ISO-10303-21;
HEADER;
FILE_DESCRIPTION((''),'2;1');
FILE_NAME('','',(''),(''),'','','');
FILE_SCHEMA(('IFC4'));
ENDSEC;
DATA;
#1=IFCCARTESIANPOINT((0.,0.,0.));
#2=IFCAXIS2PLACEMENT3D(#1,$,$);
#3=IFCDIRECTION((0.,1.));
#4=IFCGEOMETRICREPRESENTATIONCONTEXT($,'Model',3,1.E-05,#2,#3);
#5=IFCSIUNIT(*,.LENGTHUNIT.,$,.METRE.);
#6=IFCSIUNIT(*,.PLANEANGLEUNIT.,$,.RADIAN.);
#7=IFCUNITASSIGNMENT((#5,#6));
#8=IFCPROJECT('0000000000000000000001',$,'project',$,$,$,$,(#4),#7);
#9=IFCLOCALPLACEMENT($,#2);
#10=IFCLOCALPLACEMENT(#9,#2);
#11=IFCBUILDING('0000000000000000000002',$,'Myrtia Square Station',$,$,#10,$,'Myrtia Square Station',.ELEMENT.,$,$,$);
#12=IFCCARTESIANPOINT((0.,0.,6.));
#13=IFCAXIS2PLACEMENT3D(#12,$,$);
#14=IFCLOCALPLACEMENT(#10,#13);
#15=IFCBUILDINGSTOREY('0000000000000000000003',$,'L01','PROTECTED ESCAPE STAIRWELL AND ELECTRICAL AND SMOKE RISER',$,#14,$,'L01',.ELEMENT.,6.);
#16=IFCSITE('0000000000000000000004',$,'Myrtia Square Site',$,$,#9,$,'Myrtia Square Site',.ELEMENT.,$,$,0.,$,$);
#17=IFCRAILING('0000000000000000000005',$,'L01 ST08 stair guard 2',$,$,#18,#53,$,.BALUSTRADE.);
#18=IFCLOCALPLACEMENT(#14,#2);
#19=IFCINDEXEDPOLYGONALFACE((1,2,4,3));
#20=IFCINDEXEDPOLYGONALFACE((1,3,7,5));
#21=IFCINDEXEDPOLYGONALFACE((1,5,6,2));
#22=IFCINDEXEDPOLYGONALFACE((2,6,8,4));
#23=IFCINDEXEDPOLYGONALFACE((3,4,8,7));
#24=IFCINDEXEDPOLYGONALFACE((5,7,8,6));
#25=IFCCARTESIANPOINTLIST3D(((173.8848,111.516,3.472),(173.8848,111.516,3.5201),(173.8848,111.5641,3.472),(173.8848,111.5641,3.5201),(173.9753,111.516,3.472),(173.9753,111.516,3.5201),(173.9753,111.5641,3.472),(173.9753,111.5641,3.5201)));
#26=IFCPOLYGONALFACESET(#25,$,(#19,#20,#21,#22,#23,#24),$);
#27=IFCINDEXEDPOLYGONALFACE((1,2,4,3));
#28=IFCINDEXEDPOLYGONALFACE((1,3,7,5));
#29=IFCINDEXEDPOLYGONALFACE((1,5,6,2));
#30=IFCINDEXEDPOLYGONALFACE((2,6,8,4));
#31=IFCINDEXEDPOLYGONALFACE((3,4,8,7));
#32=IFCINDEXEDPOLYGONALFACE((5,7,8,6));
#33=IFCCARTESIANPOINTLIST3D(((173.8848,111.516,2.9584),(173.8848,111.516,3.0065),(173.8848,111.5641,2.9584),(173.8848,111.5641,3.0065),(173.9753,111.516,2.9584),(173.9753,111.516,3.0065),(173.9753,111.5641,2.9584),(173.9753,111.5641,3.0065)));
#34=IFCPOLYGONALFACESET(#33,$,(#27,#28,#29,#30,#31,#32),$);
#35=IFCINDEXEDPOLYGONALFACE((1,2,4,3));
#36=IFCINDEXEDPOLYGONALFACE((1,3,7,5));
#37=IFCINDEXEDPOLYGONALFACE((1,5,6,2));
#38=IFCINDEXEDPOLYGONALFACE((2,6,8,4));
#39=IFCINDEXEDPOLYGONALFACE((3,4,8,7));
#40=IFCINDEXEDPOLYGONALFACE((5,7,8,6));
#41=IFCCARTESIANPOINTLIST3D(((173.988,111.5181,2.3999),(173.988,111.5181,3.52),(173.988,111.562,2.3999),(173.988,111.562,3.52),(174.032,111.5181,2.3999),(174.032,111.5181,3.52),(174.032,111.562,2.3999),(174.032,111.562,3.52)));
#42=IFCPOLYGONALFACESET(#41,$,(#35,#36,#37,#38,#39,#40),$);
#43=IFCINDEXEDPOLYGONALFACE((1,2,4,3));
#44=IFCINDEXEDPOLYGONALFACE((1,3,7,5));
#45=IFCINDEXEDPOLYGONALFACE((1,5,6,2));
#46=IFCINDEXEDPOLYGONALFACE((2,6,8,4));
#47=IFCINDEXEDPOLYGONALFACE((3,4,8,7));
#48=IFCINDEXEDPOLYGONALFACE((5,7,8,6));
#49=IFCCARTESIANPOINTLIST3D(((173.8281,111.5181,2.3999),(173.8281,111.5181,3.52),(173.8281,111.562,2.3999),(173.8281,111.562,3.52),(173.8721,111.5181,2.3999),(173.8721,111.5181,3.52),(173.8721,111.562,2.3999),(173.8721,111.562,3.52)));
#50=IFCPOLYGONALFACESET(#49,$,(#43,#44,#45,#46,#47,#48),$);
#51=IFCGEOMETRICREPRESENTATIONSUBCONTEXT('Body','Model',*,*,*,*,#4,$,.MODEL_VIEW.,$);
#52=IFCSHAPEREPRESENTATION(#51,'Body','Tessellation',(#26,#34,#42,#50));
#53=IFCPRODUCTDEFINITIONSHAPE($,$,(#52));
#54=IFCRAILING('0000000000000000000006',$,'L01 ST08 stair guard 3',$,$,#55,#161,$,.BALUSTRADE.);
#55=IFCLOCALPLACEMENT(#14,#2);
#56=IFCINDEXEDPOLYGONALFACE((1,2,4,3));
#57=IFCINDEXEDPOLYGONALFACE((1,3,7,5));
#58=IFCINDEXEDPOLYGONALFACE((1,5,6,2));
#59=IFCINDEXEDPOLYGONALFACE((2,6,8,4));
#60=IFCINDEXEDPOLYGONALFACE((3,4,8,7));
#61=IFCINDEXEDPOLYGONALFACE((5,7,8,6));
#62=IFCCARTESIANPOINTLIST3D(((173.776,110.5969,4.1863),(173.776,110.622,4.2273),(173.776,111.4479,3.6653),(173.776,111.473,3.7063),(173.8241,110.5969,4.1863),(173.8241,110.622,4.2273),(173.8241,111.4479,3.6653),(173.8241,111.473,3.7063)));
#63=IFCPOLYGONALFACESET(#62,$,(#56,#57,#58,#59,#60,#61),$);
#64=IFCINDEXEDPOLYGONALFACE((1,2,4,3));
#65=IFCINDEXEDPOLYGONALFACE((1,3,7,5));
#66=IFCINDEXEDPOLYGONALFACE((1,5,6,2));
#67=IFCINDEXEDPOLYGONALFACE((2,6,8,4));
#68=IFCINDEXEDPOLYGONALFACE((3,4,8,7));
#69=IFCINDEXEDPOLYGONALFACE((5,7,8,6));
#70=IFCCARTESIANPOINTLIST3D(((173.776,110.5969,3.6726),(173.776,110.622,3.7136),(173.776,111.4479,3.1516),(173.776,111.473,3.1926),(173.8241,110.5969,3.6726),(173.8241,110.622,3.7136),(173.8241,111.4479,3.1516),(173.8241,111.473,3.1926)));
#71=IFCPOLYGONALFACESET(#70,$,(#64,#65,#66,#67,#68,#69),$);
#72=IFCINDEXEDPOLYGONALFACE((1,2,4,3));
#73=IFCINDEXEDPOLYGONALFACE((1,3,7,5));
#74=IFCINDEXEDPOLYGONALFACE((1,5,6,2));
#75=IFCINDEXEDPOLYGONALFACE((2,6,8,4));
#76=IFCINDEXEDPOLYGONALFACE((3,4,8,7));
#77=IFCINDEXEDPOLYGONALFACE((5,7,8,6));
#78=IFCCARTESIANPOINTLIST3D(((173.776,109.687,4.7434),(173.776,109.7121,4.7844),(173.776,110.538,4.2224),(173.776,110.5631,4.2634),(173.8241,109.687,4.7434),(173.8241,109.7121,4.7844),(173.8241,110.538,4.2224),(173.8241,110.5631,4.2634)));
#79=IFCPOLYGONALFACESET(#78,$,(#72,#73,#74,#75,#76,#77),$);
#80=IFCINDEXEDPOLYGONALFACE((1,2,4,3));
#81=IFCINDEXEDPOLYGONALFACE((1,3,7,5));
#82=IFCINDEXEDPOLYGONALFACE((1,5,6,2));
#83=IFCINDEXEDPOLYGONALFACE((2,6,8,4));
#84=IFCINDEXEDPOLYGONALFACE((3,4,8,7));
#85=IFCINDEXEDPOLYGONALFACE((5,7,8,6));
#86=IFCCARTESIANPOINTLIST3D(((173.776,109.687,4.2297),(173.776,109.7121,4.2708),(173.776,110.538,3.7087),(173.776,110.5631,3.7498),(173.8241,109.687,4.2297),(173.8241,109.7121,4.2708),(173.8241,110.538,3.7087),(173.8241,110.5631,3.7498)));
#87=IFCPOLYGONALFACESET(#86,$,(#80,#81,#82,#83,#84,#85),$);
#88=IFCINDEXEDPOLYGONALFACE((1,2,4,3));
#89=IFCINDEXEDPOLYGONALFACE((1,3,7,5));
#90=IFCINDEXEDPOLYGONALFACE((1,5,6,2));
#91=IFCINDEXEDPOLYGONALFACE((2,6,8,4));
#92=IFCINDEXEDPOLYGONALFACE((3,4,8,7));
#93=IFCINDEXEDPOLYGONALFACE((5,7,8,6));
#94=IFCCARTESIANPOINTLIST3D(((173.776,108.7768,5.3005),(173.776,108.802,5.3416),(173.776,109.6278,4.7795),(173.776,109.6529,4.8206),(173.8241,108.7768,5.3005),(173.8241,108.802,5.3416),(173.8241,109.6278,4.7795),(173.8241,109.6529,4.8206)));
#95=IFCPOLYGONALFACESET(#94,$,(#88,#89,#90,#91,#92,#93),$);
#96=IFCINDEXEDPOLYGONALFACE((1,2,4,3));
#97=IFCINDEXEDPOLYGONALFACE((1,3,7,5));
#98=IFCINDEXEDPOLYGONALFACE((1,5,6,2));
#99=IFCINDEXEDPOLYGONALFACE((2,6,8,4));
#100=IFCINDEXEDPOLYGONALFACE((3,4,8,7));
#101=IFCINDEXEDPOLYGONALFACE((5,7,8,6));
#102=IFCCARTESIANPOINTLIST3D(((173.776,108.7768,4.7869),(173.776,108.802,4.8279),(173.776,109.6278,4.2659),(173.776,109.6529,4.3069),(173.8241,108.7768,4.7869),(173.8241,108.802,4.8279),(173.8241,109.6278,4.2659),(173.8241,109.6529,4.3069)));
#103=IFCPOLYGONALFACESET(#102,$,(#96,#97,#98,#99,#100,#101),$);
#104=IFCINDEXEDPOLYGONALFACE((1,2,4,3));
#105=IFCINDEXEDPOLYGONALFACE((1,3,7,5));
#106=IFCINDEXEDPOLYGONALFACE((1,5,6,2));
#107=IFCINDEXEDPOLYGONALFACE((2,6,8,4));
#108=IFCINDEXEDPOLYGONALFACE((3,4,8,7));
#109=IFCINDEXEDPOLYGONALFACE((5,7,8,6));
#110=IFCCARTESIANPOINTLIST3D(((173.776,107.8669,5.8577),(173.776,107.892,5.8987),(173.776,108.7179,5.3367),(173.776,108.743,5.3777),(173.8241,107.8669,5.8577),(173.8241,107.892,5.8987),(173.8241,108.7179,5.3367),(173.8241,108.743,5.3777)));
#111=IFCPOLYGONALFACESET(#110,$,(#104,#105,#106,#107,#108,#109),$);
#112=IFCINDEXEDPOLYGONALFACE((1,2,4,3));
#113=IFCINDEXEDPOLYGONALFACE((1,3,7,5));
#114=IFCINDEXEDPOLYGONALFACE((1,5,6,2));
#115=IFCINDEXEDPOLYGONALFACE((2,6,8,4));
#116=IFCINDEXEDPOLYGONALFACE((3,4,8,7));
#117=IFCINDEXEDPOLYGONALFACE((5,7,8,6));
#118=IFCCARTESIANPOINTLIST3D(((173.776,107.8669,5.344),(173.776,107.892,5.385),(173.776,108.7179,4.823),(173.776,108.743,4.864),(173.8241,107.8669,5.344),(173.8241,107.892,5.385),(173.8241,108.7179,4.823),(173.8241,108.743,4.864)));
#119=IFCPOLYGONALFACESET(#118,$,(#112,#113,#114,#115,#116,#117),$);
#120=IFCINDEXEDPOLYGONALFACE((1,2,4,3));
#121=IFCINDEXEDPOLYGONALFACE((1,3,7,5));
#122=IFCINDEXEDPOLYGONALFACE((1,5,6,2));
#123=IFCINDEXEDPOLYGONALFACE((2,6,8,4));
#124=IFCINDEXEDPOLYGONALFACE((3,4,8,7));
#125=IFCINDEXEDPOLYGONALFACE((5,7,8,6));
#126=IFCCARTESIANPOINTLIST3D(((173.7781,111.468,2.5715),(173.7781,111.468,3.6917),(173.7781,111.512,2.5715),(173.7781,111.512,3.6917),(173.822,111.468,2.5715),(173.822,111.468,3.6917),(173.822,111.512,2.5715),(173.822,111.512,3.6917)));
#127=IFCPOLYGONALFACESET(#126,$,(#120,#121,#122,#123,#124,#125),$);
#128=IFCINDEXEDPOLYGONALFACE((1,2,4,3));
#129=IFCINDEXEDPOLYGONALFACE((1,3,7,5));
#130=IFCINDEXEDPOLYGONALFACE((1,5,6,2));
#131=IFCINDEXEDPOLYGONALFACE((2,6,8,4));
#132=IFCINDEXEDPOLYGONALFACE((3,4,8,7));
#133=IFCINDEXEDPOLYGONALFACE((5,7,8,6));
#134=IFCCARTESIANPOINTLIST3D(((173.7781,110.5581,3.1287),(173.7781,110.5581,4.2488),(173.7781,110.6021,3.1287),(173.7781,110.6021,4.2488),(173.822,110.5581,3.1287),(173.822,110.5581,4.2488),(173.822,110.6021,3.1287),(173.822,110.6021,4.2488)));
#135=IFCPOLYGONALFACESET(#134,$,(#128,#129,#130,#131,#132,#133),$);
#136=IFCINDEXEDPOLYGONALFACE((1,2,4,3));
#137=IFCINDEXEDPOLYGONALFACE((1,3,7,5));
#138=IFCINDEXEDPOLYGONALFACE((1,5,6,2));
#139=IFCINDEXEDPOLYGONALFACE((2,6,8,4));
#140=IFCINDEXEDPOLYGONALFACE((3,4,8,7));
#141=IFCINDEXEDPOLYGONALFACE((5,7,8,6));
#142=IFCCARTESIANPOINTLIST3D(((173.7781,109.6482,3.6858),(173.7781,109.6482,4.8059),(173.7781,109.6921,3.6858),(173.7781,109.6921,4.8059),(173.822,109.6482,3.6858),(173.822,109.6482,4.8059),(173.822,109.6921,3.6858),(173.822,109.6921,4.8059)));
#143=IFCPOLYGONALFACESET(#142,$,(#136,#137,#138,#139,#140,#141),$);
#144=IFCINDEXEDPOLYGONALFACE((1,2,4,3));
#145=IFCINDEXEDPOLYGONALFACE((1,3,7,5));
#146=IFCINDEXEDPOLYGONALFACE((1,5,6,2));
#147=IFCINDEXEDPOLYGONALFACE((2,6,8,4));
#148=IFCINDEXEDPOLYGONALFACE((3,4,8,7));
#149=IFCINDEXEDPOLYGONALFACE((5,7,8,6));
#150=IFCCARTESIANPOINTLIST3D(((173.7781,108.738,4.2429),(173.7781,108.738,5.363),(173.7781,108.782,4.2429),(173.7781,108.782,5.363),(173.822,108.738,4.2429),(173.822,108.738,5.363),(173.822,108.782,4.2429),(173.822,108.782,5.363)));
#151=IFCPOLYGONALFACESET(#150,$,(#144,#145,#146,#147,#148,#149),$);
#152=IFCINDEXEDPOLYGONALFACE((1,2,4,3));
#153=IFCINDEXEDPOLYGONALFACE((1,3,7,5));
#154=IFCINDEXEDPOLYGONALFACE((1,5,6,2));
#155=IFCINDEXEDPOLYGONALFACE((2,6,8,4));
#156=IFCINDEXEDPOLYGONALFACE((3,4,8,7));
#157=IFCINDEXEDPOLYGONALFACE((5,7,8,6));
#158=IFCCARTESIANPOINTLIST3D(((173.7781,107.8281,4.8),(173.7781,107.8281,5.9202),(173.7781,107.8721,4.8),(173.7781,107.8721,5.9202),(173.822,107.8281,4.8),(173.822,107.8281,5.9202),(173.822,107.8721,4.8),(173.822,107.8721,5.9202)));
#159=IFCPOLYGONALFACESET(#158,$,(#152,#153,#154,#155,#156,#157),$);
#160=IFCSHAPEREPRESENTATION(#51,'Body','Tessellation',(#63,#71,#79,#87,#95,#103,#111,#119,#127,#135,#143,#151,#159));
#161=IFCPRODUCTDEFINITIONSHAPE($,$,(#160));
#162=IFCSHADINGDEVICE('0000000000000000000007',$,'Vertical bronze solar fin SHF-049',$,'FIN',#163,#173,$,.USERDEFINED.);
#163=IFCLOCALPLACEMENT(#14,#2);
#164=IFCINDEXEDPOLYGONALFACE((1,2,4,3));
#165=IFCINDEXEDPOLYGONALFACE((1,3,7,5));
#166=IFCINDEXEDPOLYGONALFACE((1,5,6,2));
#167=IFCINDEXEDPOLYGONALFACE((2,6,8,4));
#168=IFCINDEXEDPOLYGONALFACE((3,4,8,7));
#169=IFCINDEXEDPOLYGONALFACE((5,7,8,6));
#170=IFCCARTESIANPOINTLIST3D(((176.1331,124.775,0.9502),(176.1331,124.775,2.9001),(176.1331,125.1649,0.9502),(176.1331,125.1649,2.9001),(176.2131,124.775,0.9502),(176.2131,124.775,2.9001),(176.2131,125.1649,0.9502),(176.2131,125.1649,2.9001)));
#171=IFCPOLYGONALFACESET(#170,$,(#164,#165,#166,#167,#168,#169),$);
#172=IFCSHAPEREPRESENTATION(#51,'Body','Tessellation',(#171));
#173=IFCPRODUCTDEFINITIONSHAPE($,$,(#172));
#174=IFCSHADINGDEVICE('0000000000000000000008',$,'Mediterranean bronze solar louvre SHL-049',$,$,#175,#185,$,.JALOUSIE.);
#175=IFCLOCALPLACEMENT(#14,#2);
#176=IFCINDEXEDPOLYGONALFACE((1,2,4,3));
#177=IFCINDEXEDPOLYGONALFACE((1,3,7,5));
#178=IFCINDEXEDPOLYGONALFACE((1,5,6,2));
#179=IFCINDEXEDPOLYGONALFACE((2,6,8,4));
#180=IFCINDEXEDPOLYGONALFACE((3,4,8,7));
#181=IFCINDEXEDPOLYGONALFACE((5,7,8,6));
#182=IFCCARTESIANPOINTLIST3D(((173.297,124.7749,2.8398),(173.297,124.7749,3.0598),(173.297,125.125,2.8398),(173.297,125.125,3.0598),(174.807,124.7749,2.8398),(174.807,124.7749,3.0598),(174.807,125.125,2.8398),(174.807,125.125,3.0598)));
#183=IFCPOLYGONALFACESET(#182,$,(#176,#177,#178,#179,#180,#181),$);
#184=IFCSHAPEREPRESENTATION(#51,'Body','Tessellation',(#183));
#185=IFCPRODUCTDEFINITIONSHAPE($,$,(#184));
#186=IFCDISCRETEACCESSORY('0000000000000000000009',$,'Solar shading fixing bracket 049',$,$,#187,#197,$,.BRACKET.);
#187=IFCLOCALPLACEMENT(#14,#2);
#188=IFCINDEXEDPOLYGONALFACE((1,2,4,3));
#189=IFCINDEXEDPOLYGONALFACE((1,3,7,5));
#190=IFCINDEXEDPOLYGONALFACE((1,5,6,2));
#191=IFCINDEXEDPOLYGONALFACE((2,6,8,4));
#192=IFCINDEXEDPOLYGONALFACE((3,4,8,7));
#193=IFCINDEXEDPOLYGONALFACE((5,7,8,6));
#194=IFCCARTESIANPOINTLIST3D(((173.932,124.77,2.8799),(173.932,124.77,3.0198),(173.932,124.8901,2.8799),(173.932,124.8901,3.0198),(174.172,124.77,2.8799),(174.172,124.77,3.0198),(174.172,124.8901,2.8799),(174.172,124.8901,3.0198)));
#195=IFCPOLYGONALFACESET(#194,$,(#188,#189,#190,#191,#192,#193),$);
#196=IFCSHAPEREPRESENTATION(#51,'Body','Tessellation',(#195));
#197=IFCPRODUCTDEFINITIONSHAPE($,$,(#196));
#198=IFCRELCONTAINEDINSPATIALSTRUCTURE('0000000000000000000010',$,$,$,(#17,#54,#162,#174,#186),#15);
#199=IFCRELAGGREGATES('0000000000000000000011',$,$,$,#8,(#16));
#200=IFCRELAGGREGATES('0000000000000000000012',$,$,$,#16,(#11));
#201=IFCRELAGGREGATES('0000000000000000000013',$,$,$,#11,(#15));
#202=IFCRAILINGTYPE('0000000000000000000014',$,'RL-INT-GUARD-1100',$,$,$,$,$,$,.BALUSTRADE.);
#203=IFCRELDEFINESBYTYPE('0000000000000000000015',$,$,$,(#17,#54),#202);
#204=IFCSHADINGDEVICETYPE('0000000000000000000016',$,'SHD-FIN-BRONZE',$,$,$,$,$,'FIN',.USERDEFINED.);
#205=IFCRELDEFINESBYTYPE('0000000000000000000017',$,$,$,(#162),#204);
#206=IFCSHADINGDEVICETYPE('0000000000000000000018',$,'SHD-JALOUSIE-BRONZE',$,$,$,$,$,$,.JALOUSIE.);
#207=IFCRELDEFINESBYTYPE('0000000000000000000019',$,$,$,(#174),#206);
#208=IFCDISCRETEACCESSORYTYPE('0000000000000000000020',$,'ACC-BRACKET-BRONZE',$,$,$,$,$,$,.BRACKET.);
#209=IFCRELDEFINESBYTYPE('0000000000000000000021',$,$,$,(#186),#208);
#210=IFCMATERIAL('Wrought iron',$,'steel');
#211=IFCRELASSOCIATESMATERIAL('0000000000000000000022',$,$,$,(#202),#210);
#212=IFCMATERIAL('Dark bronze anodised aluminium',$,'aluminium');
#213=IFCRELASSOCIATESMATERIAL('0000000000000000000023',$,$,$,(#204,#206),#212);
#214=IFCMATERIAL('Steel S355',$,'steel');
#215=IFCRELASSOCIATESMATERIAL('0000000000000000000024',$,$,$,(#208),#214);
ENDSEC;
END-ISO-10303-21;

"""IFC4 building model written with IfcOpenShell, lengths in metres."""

from ifc_helpers import new_model, si_unit, direction, frame, origin, origin_2d, place, context, subcontext, project, spatial, rectangle, extrude, material, type_object, element, save


model = new_model("IFC4")

# Units and contexts
model_context = context("Model", 3, precision=1e-05, world=origin(), true_north=direction((0.0, 1.0)))
body_context = subcontext(model_context, "Body", "Model", "MODEL_VIEW")
ifc_project = project(units=[si_unit("LENGTHUNIT", "METRE"), si_unit("PLANEANGLEUNIT", "RADIAN")], contexts=[model_context])

# Site, building, storey
site_placement = place(None, origin())
site = spatial("IfcSite", under=ifc_project, at=site_placement, Name="Myrtia Square Site", LongName="Myrtia Square Site", CompositionType="ELEMENT", RefElevation=0.0)
building_placement = place(site_placement, origin())
building = spatial("IfcBuilding", under=site, at=building_placement, Name="Myrtia Square Station", LongName="Myrtia Square Station", CompositionType="ELEMENT")
storey_placement = place(building_placement, frame((0.0, 0.0, 6.0)))
storey = spatial("IfcBuildingStorey", under=building, at=storey_placement, Name="L01", Description="PROTECTED ESCAPE STAIRWELL AND ELECTRICAL AND SMOKE RISER", LongName="L01", CompositionType="ELEMENT", Elevation=6.0)

# Shared definitions
ifc_material_1 = material(Name="Steel S355", Category="steel")

# Railings
ifc_material_2 = material(Name="Wrought iron", Category="steel")
railing_type = type_object("IfcRailingType", Name="RL-INT-GUARD-1100", PredefinedType="BALUSTRADE", material=ifc_material_2)
railing_1_placement = place(storey_placement, frame((174.01, 111.54, 2.3999)))
element("IfcRailing", 1, at=railing_1_placement, inside=storey, type_object=railing_type, Name="L01 ST08 stair guard 2", PredefinedType="BALUSTRADE", context=body_context, shape_type="SweptSolid", body=[
    extrude(rectangle(XDim=0.0481, YDim=0.0481, at=origin_2d()), frame((-0.0347, 0.0, 1.0962), z_axis=(-1.0, 0.0, 0.0), x_axis=(0.0, -1.0, 0.0)), (0.0, 0.0, 1.0), 0.0906),
    extrude(rectangle(XDim=0.0481, YDim=0.0481, at=origin_2d()), frame((-0.0347, 0.0, 0.5825), z_axis=(-1.0, 0.0, 0.0), x_axis=(0.0, -1.0, 0.0)), (0.0, 0.0, 1.0), 0.0906),
    extrude(rectangle(XDim=0.0439, YDim=0.0439, at=origin_2d()), origin(), (0.0, 0.0, 1.0), 1.1201),
    extrude(rectangle(XDim=0.0439, YDim=0.0439, at=origin_2d()), frame((-0.1599, 0.0, 0.0)), (0.0, 0.0, 1.0), 1.1201),
])
railing_2_placement = place(storey_placement, frame((173.8, 111.49, 2.5715)))
element("IfcRailing", 2, at=railing_2_placement, inside=storey, type_object=railing_type, Name="L01 ST08 stair guard 3", PredefinedType="BALUSTRADE", context=body_context, shape_type="SweptSolid", body=[
    extrude(rectangle(XDim=0.0481, YDim=0.0481, at=origin_2d()), frame((0.0, -0.0295, 1.1143), z_axis=(0.0, -0.85285, 0.522156), x_axis=(1.0, 0.0, 0.0)), (0.0, 0.0, 1.0), 0.9978),
    extrude(rectangle(XDim=0.0481, YDim=0.0481, at=origin_2d()), frame((0.0, -0.0295, 0.6006), z_axis=(0.0, -0.85285, 0.522156), x_axis=(1.0, 0.0, 0.0)), (0.0, 0.0, 1.0), 0.9978),
    extrude(rectangle(XDim=0.0481, YDim=0.0481, at=origin_2d()), frame((0.0, -0.9395, 1.6714), z_axis=(0.0, -0.85285, 0.522156), x_axis=(1.0, 0.0, 0.0)), (0.0, 0.0, 1.0), 0.9978),
    extrude(rectangle(XDim=0.0481, YDim=0.0481, at=origin_2d()), frame((0.0, -0.9395, 1.1577), z_axis=(0.0, -0.85285, 0.522156), x_axis=(1.0, 0.0, 0.0)), (0.0, 0.0, 1.0), 0.9978),
    extrude(rectangle(XDim=0.0481, YDim=0.0481, at=origin_2d()), frame((0.0, -1.8496, 2.2285), z_axis=(0.0, -0.85285, 0.522156), x_axis=(1.0, 0.0, 0.0)), (0.0, 0.0, 1.0), 0.9978),
    extrude(rectangle(XDim=0.0481, YDim=0.0481, at=origin_2d()), frame((0.0, -1.8496, 1.7148), z_axis=(0.0, -0.85285, 0.522156), x_axis=(1.0, 0.0, 0.0)), (0.0, 0.0, 1.0), 0.9978),
    extrude(rectangle(XDim=0.0481, YDim=0.0481, at=origin_2d()), frame((0.0, -2.7595, 2.7856), z_axis=(0.0, -0.85285, 0.522156), x_axis=(1.0, 0.0, 0.0)), (0.0, 0.0, 1.0), 0.9978),
    extrude(rectangle(XDim=0.0481, YDim=0.0481, at=origin_2d()), frame((0.0, -2.7595, 2.272), z_axis=(0.0, -0.85285, 0.522156), x_axis=(1.0, 0.0, 0.0)), (0.0, 0.0, 1.0), 0.9978),
    extrude(rectangle(XDim=0.0439, YDim=0.0439, at=origin_2d()), origin(), (0.0, 0.0, 1.0), 1.1201),
    extrude(rectangle(XDim=0.0439, YDim=0.0439, at=origin_2d()), frame((0.0, -0.9099, 0.5571)), (0.0, 0.0, 1.0), 1.1201),
    extrude(rectangle(XDim=0.0439, YDim=0.0439, at=origin_2d()), frame((0.0, -1.8198, 1.1143)), (0.0, 0.0, 1.0), 1.1201),
    extrude(rectangle(XDim=0.0439, YDim=0.0439, at=origin_2d()), frame((0.0, -2.73, 1.6714)), (0.0, 0.0, 1.0), 1.1201),
    extrude(rectangle(XDim=0.0439, YDim=0.0439, at=origin_2d()), frame((0.0, -3.6399, 2.2285)), (0.0, 0.0, 1.0), 1.1201),
])

# Shading devices
ifc_material_3 = material(Name="Dark bronze anodised aluminium", Category="aluminium")
shading_device_type_1 = type_object("IfcShadingDeviceType", Name="SHD-FIN-BRONZE", ElementType="FIN", PredefinedType="USERDEFINED", material=ifc_material_3)
shading_device_1_placement = place(storey_placement, frame((176.1731, 124.97, 0.9502), z_axis=(0.0, 0.0, 1.0), x_axis=(1.0, 0.0, 0.0)))
element("IfcShadingDevice", 3, at=shading_device_1_placement, inside=storey, type_object=shading_device_type_1, Name="Vertical bronze solar fin SHF-049", ObjectType="FIN", PredefinedType="USERDEFINED", context=body_context, shape_type="SweptSolid", body=[
    extrude(rectangle(XDim=0.0801, YDim=0.3899, at=origin_2d()), origin(), (0.0, 0.0, 1.0), 1.95),
])
shading_device_type_2 = type_object("IfcShadingDeviceType", Name="SHD-JALOUSIE-BRONZE", PredefinedType="JALOUSIE", material=ifc_material_3)
shading_device_2_placement = place(storey_placement, frame((174.052, 124.95, 2.8398), z_axis=(0.0, 0.0, 1.0), x_axis=(1.0, 0.0, 0.0)))
element("IfcShadingDevice", 4, at=shading_device_2_placement, inside=storey, type_object=shading_device_type_2, Name="Mediterranean bronze solar louvre SHL-049", PredefinedType="JALOUSIE", context=body_context, shape_type="SweptSolid", body=[
    extrude(rectangle(XDim=1.51, YDim=0.3501, at=origin_2d()), origin(), (0.0, 0.0, 1.0), 0.22),
])

# Discrete accessory
discrete_accessory_type = type_object("IfcDiscreteAccessoryType", Name="ACC-BRACKET-BRONZE", PredefinedType="BRACKET", material=ifc_material_1)
discrete_accessory_placement = place(storey_placement, frame((174.052, 124.8301, 2.8799), z_axis=(0.0, 0.0, 1.0), x_axis=(1.0, 0.0, 0.0)))
element("IfcDiscreteAccessory", 5, at=discrete_accessory_placement, inside=storey, type_object=discrete_accessory_type, Name="Solar shading fixing bracket 049", PredefinedType="BRACKET", context=body_context, shape_type="SweptSolid", body=[
    extrude(rectangle(XDim=0.24, YDim=0.1201, at=origin_2d()), origin(), (0.0, 0.0, 1.0), 0.1399),
])

save(model, "model.ifc")
